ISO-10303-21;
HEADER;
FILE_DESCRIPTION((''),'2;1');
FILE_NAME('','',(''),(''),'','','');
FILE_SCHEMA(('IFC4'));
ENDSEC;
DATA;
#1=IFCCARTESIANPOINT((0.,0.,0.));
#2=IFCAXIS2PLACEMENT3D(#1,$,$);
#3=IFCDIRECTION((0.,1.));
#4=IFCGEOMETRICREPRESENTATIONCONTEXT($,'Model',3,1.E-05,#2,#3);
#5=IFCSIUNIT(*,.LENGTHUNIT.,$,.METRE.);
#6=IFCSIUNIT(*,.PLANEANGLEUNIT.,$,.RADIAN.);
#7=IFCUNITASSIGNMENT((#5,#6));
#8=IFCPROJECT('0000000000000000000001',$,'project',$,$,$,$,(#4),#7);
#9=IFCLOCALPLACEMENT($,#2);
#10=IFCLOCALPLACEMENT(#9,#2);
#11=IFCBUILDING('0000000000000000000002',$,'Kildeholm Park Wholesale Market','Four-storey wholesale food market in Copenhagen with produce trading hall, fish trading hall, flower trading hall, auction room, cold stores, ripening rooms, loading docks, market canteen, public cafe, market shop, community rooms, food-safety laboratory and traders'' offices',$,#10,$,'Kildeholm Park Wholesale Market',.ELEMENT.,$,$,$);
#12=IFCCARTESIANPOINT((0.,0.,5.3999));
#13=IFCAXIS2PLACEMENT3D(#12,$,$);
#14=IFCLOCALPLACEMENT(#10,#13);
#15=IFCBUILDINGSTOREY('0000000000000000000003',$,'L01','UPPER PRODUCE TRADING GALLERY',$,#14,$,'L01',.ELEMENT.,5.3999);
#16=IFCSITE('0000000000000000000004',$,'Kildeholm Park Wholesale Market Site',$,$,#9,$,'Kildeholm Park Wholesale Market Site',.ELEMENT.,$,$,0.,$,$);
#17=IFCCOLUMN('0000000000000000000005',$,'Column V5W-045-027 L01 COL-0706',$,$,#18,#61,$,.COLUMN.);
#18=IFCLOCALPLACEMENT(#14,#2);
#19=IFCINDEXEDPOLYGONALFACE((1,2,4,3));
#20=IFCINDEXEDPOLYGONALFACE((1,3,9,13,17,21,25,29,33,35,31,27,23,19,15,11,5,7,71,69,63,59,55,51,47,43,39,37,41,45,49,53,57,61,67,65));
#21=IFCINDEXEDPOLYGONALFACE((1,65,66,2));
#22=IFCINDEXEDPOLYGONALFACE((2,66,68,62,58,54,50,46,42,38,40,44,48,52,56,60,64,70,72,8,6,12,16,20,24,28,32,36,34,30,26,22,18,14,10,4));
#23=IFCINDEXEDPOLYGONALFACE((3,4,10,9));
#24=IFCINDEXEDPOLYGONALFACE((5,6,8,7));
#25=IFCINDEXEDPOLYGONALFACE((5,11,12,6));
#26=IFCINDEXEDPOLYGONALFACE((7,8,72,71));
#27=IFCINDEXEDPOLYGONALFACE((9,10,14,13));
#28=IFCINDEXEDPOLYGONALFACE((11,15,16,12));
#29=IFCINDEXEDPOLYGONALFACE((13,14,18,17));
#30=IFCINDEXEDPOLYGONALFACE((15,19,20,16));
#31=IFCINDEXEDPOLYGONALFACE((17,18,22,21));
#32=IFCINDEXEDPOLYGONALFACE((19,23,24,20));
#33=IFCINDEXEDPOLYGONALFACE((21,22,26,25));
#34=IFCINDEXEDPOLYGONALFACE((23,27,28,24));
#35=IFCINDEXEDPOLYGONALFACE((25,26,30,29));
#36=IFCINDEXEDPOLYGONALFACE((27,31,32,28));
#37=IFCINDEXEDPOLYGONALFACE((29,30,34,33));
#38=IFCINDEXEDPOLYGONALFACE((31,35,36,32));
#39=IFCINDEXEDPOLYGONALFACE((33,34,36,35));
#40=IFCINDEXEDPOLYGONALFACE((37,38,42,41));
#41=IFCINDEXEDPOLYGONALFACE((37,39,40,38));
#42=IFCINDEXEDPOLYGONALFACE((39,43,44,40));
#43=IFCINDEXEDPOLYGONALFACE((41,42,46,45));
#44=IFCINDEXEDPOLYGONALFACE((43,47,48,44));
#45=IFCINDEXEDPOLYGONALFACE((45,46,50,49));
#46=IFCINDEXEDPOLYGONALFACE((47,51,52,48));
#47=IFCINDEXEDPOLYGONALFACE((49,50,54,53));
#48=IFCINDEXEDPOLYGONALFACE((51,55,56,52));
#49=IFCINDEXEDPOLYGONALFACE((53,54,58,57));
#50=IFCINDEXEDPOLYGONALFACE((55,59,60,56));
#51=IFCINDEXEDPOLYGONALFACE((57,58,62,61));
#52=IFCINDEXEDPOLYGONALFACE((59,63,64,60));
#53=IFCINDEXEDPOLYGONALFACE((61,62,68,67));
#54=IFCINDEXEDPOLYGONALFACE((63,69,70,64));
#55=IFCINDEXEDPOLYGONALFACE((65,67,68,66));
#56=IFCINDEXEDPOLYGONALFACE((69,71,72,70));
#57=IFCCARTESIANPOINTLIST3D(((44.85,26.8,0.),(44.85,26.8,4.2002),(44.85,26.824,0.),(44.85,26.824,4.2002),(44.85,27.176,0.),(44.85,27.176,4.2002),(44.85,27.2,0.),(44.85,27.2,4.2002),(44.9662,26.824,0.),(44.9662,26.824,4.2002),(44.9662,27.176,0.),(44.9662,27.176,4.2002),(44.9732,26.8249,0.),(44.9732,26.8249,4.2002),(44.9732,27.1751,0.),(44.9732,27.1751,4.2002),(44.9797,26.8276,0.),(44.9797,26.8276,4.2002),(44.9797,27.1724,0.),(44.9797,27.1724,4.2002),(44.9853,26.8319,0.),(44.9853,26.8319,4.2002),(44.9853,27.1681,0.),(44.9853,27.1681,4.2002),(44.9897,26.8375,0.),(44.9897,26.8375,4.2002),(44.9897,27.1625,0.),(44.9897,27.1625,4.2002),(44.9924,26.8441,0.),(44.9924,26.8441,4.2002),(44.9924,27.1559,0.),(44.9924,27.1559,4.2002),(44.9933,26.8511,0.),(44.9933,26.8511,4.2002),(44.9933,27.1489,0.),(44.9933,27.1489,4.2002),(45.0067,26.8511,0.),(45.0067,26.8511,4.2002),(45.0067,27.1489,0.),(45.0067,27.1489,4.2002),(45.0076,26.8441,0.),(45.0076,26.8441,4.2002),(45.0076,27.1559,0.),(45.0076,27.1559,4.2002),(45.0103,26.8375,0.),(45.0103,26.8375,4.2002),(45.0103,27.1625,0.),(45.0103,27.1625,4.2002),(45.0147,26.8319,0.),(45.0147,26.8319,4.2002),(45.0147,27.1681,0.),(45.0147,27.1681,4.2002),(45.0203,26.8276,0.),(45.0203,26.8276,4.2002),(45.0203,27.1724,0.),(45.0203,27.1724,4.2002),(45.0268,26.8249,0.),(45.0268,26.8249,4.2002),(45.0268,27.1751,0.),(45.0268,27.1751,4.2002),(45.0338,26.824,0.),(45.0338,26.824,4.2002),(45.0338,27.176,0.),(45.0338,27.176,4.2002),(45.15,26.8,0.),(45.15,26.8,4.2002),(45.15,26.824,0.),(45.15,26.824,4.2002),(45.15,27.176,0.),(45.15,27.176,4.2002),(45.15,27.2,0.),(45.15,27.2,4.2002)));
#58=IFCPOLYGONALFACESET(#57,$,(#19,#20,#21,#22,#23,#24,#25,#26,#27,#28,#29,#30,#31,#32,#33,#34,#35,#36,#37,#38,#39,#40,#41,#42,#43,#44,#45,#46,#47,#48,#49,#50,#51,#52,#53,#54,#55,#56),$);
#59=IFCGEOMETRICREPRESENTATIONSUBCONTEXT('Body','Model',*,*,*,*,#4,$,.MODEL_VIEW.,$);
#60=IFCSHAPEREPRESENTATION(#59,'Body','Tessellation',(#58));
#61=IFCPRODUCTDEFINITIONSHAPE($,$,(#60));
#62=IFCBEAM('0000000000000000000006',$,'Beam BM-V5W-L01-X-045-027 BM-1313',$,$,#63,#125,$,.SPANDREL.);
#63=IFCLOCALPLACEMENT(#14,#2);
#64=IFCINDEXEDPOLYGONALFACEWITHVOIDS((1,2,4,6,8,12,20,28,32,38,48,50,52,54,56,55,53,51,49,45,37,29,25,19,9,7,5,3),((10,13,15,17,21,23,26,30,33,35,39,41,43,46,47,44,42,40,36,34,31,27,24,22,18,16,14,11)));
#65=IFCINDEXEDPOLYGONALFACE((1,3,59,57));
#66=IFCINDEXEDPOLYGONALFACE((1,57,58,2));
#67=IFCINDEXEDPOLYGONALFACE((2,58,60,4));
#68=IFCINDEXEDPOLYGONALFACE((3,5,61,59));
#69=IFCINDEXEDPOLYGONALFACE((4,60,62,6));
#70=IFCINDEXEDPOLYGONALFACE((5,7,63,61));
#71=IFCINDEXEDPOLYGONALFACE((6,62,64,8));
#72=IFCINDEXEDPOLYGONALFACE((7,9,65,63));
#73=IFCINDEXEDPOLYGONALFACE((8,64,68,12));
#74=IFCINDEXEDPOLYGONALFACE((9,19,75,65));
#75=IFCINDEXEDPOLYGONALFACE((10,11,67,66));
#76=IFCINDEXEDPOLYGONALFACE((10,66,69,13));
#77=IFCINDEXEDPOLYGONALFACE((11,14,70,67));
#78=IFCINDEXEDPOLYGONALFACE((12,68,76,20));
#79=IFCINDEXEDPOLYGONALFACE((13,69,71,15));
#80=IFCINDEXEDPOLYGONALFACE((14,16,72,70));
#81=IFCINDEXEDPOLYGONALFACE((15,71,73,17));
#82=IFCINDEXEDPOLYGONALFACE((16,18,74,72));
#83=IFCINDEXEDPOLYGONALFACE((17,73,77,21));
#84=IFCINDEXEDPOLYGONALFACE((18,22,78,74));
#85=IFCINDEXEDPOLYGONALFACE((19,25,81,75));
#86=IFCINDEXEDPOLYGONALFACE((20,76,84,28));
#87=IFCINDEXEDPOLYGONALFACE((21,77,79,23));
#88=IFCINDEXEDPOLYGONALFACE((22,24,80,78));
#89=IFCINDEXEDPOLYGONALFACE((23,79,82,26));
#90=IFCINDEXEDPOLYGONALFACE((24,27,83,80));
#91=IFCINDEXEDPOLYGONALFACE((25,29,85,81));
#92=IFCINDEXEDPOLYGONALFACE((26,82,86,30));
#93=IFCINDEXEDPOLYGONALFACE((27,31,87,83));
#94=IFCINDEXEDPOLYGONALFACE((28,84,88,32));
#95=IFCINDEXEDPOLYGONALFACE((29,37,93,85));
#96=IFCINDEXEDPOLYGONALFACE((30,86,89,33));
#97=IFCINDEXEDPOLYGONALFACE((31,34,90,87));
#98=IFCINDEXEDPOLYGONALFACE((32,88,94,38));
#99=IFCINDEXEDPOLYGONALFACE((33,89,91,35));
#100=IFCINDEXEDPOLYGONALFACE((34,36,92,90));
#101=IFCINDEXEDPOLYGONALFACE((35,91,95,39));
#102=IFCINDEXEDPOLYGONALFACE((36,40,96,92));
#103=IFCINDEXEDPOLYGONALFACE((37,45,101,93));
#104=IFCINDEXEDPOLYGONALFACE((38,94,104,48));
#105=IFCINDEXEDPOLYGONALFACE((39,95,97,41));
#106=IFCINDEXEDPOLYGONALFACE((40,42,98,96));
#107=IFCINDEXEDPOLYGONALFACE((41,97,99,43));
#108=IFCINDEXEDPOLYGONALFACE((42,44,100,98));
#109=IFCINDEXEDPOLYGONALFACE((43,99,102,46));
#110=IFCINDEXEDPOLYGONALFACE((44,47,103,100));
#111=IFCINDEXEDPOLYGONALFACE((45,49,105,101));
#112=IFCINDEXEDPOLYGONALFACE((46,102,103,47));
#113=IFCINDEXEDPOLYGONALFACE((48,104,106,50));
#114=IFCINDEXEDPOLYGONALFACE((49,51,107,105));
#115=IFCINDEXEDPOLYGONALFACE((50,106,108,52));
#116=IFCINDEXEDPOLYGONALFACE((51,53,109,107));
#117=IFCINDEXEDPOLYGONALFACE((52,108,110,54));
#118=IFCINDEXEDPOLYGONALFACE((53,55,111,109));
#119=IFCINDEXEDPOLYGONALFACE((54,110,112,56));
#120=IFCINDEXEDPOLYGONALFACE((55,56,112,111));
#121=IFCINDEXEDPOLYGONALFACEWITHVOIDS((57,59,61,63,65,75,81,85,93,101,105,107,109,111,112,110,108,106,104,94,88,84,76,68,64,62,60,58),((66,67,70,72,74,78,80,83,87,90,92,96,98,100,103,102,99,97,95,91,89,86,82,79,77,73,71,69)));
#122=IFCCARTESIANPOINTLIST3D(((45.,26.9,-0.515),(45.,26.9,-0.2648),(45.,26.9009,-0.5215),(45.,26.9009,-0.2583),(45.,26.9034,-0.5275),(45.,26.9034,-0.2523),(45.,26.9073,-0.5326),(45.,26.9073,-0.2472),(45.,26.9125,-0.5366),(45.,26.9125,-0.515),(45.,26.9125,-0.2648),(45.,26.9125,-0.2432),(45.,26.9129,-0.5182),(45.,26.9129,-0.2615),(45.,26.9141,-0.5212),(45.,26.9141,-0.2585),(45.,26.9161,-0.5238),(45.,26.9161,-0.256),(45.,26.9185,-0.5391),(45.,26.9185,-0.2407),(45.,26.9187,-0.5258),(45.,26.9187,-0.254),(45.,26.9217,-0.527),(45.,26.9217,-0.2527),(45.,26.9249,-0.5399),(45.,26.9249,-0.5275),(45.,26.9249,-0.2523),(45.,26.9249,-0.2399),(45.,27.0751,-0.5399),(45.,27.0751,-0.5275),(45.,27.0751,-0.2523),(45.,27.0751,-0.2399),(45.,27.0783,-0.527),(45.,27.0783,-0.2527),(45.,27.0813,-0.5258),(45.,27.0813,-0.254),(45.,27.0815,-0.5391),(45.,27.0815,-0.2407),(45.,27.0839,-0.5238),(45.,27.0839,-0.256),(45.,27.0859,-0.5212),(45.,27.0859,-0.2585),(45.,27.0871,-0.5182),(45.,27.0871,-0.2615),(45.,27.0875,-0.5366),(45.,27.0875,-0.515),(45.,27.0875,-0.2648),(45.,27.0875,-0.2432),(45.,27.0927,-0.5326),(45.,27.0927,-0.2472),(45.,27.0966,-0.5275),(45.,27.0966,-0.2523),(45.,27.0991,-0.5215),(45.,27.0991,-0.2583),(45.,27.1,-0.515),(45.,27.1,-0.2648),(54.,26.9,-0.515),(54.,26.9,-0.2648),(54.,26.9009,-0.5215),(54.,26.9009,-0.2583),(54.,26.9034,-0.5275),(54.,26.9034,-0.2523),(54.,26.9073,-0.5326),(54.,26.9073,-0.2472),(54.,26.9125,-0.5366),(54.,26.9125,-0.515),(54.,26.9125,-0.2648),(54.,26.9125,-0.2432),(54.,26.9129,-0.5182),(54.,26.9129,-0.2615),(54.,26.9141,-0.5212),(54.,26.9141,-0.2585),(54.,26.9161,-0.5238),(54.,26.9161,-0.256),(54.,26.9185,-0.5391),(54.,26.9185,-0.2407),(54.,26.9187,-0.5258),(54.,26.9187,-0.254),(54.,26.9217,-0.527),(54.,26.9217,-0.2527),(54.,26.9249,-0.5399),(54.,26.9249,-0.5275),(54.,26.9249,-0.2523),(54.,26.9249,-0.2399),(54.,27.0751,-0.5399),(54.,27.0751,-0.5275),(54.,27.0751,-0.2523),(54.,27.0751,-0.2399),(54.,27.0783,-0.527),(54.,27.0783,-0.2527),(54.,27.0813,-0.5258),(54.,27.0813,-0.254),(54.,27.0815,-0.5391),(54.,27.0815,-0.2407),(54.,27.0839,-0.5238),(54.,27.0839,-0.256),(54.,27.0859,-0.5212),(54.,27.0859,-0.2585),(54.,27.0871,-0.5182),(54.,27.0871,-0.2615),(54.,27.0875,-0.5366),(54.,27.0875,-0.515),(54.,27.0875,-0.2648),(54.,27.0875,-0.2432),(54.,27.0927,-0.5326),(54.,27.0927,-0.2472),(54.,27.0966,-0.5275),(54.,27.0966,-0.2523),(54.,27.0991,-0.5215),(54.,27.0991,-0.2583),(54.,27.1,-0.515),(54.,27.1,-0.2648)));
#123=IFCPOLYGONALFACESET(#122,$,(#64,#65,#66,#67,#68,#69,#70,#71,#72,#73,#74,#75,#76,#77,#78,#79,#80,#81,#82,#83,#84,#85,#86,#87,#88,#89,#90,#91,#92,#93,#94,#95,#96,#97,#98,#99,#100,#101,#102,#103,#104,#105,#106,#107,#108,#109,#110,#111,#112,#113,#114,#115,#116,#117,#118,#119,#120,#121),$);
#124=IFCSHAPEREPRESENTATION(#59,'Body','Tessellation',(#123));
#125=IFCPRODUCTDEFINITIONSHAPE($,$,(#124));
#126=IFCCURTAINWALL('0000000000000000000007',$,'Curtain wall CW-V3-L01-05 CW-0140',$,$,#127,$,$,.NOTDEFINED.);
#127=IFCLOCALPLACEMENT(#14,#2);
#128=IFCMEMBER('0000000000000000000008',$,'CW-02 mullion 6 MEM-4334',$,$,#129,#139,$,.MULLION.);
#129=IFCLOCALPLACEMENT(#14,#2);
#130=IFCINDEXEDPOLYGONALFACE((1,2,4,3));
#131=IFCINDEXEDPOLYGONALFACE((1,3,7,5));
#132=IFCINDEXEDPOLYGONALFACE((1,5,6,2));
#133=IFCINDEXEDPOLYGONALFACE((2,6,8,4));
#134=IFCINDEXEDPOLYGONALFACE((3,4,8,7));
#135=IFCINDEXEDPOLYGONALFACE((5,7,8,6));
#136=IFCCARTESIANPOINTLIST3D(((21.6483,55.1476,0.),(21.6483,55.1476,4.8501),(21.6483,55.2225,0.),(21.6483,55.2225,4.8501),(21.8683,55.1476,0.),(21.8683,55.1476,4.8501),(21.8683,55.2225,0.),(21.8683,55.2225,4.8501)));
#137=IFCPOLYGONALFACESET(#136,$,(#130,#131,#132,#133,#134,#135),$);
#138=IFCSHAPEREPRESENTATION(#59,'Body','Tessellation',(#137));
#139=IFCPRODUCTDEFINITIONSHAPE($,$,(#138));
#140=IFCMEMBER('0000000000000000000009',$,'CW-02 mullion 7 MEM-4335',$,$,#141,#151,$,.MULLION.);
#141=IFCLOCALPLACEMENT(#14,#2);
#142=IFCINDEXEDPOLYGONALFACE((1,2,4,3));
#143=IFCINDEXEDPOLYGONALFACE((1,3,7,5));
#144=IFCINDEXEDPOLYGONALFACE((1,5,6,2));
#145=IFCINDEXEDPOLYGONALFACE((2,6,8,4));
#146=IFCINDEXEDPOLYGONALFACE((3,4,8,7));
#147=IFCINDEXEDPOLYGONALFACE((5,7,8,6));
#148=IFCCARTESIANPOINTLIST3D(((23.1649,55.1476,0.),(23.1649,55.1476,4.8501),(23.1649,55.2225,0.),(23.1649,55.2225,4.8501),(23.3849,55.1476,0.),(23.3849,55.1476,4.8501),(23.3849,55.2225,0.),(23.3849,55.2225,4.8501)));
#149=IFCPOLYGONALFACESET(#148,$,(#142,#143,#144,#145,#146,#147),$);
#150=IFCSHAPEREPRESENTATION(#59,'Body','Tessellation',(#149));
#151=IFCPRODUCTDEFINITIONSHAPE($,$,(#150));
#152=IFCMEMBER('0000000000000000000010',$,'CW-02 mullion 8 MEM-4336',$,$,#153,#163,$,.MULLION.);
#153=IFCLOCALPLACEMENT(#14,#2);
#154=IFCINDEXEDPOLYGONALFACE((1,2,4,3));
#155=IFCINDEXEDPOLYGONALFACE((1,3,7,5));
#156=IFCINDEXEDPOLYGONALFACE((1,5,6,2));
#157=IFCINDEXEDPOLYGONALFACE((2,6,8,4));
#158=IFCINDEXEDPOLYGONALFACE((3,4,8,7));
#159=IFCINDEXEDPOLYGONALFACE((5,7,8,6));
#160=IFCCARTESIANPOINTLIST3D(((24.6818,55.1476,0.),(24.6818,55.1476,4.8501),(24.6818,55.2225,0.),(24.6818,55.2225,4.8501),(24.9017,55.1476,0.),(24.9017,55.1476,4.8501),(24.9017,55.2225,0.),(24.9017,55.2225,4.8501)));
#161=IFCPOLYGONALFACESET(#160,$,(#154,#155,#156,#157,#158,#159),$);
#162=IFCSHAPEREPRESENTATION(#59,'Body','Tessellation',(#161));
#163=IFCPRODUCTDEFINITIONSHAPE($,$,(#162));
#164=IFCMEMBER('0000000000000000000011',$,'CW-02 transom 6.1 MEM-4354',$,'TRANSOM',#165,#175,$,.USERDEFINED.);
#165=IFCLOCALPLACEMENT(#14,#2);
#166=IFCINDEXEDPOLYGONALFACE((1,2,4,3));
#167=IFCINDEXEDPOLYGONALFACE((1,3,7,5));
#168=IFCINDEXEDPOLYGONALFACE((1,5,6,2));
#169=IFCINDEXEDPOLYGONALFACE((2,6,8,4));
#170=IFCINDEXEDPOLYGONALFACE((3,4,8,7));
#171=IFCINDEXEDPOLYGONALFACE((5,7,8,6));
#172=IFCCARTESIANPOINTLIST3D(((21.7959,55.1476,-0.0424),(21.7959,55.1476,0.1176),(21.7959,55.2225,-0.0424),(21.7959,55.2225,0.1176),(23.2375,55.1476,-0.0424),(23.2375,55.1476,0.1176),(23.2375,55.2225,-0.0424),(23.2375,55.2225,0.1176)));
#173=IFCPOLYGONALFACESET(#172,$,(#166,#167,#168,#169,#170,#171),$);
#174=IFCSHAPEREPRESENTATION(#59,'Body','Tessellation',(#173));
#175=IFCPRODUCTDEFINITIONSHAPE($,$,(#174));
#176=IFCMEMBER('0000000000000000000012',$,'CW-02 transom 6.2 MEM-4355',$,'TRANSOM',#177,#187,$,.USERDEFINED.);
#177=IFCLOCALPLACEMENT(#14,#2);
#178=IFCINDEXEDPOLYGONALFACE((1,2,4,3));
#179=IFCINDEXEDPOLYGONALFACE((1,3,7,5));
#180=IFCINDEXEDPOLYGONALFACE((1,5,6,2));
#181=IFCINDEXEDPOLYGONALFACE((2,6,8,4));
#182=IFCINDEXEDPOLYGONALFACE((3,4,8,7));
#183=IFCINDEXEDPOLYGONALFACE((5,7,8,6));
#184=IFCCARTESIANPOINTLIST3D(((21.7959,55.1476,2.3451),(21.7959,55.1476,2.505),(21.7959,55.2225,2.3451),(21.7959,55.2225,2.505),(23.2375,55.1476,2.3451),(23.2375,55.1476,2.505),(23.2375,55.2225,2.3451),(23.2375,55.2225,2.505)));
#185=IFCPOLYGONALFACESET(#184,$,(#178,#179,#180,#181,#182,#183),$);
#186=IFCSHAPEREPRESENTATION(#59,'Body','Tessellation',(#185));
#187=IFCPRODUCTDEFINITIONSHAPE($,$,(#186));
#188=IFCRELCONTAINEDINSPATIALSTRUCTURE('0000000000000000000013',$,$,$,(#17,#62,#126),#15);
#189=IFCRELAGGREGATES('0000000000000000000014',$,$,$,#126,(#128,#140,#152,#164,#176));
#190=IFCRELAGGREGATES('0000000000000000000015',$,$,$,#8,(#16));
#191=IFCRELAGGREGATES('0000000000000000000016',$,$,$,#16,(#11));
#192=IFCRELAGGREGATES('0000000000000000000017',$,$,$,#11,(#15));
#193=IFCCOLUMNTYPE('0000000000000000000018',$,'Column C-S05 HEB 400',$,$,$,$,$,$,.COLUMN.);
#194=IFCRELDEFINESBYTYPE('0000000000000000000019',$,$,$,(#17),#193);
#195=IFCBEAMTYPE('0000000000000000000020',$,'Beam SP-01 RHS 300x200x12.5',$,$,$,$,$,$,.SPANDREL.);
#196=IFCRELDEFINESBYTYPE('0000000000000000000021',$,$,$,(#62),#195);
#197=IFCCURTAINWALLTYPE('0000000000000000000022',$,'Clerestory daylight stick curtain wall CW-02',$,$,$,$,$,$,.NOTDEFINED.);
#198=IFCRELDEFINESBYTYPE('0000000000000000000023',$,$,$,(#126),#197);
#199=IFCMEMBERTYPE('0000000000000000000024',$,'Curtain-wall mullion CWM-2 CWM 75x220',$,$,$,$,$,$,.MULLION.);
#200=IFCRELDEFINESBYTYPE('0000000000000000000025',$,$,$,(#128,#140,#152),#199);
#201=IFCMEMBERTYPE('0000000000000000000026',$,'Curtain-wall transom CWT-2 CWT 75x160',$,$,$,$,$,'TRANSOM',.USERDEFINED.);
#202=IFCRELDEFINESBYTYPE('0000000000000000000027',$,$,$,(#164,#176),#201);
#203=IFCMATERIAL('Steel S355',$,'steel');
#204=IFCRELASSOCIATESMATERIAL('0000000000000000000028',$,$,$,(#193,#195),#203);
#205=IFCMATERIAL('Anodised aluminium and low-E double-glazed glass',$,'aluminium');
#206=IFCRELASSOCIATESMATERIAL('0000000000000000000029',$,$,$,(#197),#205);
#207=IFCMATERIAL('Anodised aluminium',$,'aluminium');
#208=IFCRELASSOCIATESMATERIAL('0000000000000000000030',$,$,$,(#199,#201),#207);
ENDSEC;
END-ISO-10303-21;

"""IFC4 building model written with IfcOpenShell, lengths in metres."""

from ifc_helpers import new_model, si_unit, direction, frame, origin, origin_2d, place, context, subcontext, project, spatial, rectangle, hollow_rectangle, i_section, extrude, material, material_profile, profile_set, type_object, element, aggregate, save


model = new_model("IFC4")

# Units and contexts
model_context = context("Model", 3, precision=1e-05, world=origin(), true_north=direction((0.0, 1.0)))
body_context = subcontext(model_context, "Body", "Model", "MODEL_VIEW")
ifc_project = project(units=[si_unit("LENGTHUNIT", "METRE"), si_unit("PLANEANGLEUNIT", "RADIAN")], contexts=[model_context])

# Site, building, storey
site_placement = place(None, origin())
site = spatial("IfcSite", under=ifc_project, at=site_placement, Name="Kildeholm Park Wholesale Market Site", LongName="Kildeholm Park Wholesale Market Site", CompositionType="ELEMENT", RefElevation=0.0)
building_placement = place(site_placement, origin())
building = spatial("IfcBuilding", under=site, at=building_placement, Name="Kildeholm Park Wholesale Market", Description="Four-storey wholesale food market in Copenhagen with produce trading hall, fish trading hall, flower trading hall, auction room, cold stores, ripening rooms, loading docks, market canteen, public cafe, market shop, community rooms, food-safety laboratory and traders' offices", LongName="Kildeholm Park Wholesale Market", CompositionType="ELEMENT")
storey_placement = place(building_placement, frame((0.0, 0.0, 5.3999)))
storey = spatial("IfcBuildingStorey", under=building, at=storey_placement, Name="L01", Description="UPPER PRODUCE TRADING GALLERY", LongName="L01", CompositionType="ELEMENT", Elevation=5.3999)

# Column
ifc_material_1 = material(Name="Steel S355", Category="steel")
ifc_material_profile_1 = material_profile(ifc_material_1, i_section(OverallWidth=0.3, OverallDepth=0.3999, WebThickness=0.0134, FlangeThickness=0.0239, FilletRadius=0.0271, at=origin_2d()), Name="HEB 400")
ifc_profile_set_1 = profile_set([ifc_material_profile_1], Name="Steel S355")
column_type = type_object("IfcColumnType", Name="Column C-S05 HEB 400", PredefinedType="COLUMN", material=ifc_profile_set_1)
column_placement = place(storey_placement, frame((45.0, 27.0, 0.0), z_axis=(0.0, 0.0, 1.0), x_axis=(1.0, 0.0, 0.0)))
element("IfcColumn", 1, at=column_placement, inside=storey, type_object=column_type, Name="Column V5W-045-027 L01 COL-0706", PredefinedType="COLUMN", context=body_context, shape_type="SweptSolid", body=[
    extrude(i_section(OverallWidth=0.3, OverallDepth=0.3999, WebThickness=0.0134, FlangeThickness=0.0239, FilletRadius=0.0271, at=origin_2d()), origin(), (0.0, 0.0, 1.0), 4.2002),
])

# Beam
ifc_material_profile_2 = material_profile(ifc_material_1, hollow_rectangle(XDim=0.2, YDim=0.3, WallThickness=0.0125, InnerFilletRadius=0.0125, OuterFilletRadius=0.0249, at=origin_2d()), Name="RHS 300x200x12.5")
ifc_profile_set_2 = profile_set([ifc_material_profile_2], Name="Steel S355")
beam_type = type_object("IfcBeamType", Name="Beam SP-01 RHS 300x200x12.5", PredefinedType="SPANDREL", material=ifc_profile_set_2)
beam_placement = place(storey_placement, frame((45.0, 27.0, -0.3899), z_axis=(1.0, 0.0, 0.0), x_axis=(0.0, 1.0, 0.0)))
element("IfcBeam", 2, at=beam_placement, inside=storey, type_object=beam_type, Name="Beam BM-V5W-L01-X-045-027 BM-1313", PredefinedType="SPANDREL", context=body_context, shape_type="SweptSolid", body=[
    extrude(hollow_rectangle(XDim=0.2, YDim=0.3, WallThickness=0.0125, InnerFilletRadius=0.0125, OuterFilletRadius=0.0249, at=origin_2d()), origin(), (0.0, 0.0, 1.0), 9.0),
])

# Curtain wall, members
ifc_material_2 = material(Name="Anodised aluminium and low-E double-glazed glass", Category="aluminium")
curtain_wall_type = type_object("IfcCurtainWallType", Name="Clerestory daylight stick curtain wall CW-02", PredefinedType="NOTDEFINED", material=ifc_material_2)
curtain_wall_placement = place(storey_placement, origin())
curtain_wall = element("IfcCurtainWall", 3, at=curtain_wall_placement, inside=storey, type_object=curtain_wall_type, Name="Curtain wall CW-V3-L01-05 CW-0140", PredefinedType="NOTDEFINED")
ifc_material_3 = material(Name="Anodised aluminium", Category="aluminium")
ifc_material_profile_3 = material_profile(ifc_material_3, rectangle(XDim=0.075, YDim=0.22, at=origin_2d()), Name="CWM 75x220")
ifc_profile_set_3 = profile_set([ifc_material_profile_3], Name="Anodised aluminium")
member_type_1 = type_object("IfcMemberType", Name="Curtain-wall mullion CWM-2 CWM 75x220", PredefinedType="MULLION", material=ifc_profile_set_3)
member_1_placement = place(storey_placement, frame((21.7583, 55.1851, 0.0), z_axis=(0.0, 0.0, 1.0), x_axis=(0.0, 1.0, 0.0)))
member_1 = element("IfcMember", 4, at=member_1_placement, type_object=member_type_1, Name="CW-02 mullion 6 MEM-4334", PredefinedType="MULLION", context=body_context, shape_type="SweptSolid", body=[
    extrude(rectangle(XDim=0.075, YDim=0.22, at=origin_2d()), origin(), (0.0, 0.0, 1.0), 4.8501),
])
member_2_placement = place(storey_placement, frame((23.2749, 55.1851, 0.0), z_axis=(0.0, 0.0, 1.0), x_axis=(0.0, 1.0, 0.0)))
member_2 = element("IfcMember", 5, at=member_2_placement, type_object=member_type_1, Name="CW-02 mullion 7 MEM-4335", PredefinedType="MULLION", context=body_context, shape_type="SweptSolid", body=[
    extrude(rectangle(XDim=0.075, YDim=0.22, at=origin_2d()), origin(), (0.0, 0.0, 1.0), 4.8501),
])
member_3_placement = place(storey_placement, frame((24.7917, 55.1851, 0.0), z_axis=(0.0, 0.0, 1.0), x_axis=(0.0, 1.0, 0.0)))
member_3 = element("IfcMember", 6, at=member_3_placement, type_object=member_type_1, Name="CW-02 mullion 8 MEM-4336", PredefinedType="MULLION", context=body_context, shape_type="SweptSolid", body=[
    extrude(rectangle(XDim=0.075, YDim=0.22, at=origin_2d()), origin(), (0.0, 0.0, 1.0), 4.8501),
])
ifc_material_profile_4 = material_profile(ifc_material_3, rectangle(XDim=0.075, YDim=0.1599, at=origin_2d()), Name="CWT 75x160")
ifc_profile_set_4 = profile_set([ifc_material_profile_4], Name="Anodised aluminium")
member_type_2 = type_object("IfcMemberType", Name="Curtain-wall transom CWT-2 CWT 75x160", ElementType="TRANSOM", PredefinedType="USERDEFINED", material=ifc_profile_set_4)
member_4_placement = place(storey_placement, frame((21.7959, 55.1851, 0.0376), z_axis=(1.0, 0.0, 0.0), x_axis=(0.0, 1.0, 0.0)))
member_4 = element("IfcMember", 7, at=member_4_placement, type_object=member_type_2, Name="CW-02 transom 6.1 MEM-4354", ObjectType="TRANSOM", PredefinedType="USERDEFINED", context=body_context, shape_type="SweptSolid", body=[
    extrude(rectangle(XDim=0.075, YDim=0.1599, at=origin_2d()), origin(), (0.0, 0.0, 1.0), 1.4417),
])
member_5_placement = place(storey_placement, frame((21.7959, 55.1851, 2.425), z_axis=(1.0, 0.0, 0.0), x_axis=(0.0, 1.0, 0.0)))
member_5 = element("IfcMember", 8, at=member_5_placement, type_object=member_type_2, Name="CW-02 transom 6.2 MEM-4355", ObjectType="TRANSOM", PredefinedType="USERDEFINED", context=body_context, shape_type="SweptSolid", body=[
    extrude(rectangle(XDim=0.075, YDim=0.1599, at=origin_2d()), origin(), (0.0, 0.0, 1.0), 1.4417),
])
aggregate(curtain_wall, [member_1, member_2, member_3, member_4, member_5])

save(model, "model.ifc")
